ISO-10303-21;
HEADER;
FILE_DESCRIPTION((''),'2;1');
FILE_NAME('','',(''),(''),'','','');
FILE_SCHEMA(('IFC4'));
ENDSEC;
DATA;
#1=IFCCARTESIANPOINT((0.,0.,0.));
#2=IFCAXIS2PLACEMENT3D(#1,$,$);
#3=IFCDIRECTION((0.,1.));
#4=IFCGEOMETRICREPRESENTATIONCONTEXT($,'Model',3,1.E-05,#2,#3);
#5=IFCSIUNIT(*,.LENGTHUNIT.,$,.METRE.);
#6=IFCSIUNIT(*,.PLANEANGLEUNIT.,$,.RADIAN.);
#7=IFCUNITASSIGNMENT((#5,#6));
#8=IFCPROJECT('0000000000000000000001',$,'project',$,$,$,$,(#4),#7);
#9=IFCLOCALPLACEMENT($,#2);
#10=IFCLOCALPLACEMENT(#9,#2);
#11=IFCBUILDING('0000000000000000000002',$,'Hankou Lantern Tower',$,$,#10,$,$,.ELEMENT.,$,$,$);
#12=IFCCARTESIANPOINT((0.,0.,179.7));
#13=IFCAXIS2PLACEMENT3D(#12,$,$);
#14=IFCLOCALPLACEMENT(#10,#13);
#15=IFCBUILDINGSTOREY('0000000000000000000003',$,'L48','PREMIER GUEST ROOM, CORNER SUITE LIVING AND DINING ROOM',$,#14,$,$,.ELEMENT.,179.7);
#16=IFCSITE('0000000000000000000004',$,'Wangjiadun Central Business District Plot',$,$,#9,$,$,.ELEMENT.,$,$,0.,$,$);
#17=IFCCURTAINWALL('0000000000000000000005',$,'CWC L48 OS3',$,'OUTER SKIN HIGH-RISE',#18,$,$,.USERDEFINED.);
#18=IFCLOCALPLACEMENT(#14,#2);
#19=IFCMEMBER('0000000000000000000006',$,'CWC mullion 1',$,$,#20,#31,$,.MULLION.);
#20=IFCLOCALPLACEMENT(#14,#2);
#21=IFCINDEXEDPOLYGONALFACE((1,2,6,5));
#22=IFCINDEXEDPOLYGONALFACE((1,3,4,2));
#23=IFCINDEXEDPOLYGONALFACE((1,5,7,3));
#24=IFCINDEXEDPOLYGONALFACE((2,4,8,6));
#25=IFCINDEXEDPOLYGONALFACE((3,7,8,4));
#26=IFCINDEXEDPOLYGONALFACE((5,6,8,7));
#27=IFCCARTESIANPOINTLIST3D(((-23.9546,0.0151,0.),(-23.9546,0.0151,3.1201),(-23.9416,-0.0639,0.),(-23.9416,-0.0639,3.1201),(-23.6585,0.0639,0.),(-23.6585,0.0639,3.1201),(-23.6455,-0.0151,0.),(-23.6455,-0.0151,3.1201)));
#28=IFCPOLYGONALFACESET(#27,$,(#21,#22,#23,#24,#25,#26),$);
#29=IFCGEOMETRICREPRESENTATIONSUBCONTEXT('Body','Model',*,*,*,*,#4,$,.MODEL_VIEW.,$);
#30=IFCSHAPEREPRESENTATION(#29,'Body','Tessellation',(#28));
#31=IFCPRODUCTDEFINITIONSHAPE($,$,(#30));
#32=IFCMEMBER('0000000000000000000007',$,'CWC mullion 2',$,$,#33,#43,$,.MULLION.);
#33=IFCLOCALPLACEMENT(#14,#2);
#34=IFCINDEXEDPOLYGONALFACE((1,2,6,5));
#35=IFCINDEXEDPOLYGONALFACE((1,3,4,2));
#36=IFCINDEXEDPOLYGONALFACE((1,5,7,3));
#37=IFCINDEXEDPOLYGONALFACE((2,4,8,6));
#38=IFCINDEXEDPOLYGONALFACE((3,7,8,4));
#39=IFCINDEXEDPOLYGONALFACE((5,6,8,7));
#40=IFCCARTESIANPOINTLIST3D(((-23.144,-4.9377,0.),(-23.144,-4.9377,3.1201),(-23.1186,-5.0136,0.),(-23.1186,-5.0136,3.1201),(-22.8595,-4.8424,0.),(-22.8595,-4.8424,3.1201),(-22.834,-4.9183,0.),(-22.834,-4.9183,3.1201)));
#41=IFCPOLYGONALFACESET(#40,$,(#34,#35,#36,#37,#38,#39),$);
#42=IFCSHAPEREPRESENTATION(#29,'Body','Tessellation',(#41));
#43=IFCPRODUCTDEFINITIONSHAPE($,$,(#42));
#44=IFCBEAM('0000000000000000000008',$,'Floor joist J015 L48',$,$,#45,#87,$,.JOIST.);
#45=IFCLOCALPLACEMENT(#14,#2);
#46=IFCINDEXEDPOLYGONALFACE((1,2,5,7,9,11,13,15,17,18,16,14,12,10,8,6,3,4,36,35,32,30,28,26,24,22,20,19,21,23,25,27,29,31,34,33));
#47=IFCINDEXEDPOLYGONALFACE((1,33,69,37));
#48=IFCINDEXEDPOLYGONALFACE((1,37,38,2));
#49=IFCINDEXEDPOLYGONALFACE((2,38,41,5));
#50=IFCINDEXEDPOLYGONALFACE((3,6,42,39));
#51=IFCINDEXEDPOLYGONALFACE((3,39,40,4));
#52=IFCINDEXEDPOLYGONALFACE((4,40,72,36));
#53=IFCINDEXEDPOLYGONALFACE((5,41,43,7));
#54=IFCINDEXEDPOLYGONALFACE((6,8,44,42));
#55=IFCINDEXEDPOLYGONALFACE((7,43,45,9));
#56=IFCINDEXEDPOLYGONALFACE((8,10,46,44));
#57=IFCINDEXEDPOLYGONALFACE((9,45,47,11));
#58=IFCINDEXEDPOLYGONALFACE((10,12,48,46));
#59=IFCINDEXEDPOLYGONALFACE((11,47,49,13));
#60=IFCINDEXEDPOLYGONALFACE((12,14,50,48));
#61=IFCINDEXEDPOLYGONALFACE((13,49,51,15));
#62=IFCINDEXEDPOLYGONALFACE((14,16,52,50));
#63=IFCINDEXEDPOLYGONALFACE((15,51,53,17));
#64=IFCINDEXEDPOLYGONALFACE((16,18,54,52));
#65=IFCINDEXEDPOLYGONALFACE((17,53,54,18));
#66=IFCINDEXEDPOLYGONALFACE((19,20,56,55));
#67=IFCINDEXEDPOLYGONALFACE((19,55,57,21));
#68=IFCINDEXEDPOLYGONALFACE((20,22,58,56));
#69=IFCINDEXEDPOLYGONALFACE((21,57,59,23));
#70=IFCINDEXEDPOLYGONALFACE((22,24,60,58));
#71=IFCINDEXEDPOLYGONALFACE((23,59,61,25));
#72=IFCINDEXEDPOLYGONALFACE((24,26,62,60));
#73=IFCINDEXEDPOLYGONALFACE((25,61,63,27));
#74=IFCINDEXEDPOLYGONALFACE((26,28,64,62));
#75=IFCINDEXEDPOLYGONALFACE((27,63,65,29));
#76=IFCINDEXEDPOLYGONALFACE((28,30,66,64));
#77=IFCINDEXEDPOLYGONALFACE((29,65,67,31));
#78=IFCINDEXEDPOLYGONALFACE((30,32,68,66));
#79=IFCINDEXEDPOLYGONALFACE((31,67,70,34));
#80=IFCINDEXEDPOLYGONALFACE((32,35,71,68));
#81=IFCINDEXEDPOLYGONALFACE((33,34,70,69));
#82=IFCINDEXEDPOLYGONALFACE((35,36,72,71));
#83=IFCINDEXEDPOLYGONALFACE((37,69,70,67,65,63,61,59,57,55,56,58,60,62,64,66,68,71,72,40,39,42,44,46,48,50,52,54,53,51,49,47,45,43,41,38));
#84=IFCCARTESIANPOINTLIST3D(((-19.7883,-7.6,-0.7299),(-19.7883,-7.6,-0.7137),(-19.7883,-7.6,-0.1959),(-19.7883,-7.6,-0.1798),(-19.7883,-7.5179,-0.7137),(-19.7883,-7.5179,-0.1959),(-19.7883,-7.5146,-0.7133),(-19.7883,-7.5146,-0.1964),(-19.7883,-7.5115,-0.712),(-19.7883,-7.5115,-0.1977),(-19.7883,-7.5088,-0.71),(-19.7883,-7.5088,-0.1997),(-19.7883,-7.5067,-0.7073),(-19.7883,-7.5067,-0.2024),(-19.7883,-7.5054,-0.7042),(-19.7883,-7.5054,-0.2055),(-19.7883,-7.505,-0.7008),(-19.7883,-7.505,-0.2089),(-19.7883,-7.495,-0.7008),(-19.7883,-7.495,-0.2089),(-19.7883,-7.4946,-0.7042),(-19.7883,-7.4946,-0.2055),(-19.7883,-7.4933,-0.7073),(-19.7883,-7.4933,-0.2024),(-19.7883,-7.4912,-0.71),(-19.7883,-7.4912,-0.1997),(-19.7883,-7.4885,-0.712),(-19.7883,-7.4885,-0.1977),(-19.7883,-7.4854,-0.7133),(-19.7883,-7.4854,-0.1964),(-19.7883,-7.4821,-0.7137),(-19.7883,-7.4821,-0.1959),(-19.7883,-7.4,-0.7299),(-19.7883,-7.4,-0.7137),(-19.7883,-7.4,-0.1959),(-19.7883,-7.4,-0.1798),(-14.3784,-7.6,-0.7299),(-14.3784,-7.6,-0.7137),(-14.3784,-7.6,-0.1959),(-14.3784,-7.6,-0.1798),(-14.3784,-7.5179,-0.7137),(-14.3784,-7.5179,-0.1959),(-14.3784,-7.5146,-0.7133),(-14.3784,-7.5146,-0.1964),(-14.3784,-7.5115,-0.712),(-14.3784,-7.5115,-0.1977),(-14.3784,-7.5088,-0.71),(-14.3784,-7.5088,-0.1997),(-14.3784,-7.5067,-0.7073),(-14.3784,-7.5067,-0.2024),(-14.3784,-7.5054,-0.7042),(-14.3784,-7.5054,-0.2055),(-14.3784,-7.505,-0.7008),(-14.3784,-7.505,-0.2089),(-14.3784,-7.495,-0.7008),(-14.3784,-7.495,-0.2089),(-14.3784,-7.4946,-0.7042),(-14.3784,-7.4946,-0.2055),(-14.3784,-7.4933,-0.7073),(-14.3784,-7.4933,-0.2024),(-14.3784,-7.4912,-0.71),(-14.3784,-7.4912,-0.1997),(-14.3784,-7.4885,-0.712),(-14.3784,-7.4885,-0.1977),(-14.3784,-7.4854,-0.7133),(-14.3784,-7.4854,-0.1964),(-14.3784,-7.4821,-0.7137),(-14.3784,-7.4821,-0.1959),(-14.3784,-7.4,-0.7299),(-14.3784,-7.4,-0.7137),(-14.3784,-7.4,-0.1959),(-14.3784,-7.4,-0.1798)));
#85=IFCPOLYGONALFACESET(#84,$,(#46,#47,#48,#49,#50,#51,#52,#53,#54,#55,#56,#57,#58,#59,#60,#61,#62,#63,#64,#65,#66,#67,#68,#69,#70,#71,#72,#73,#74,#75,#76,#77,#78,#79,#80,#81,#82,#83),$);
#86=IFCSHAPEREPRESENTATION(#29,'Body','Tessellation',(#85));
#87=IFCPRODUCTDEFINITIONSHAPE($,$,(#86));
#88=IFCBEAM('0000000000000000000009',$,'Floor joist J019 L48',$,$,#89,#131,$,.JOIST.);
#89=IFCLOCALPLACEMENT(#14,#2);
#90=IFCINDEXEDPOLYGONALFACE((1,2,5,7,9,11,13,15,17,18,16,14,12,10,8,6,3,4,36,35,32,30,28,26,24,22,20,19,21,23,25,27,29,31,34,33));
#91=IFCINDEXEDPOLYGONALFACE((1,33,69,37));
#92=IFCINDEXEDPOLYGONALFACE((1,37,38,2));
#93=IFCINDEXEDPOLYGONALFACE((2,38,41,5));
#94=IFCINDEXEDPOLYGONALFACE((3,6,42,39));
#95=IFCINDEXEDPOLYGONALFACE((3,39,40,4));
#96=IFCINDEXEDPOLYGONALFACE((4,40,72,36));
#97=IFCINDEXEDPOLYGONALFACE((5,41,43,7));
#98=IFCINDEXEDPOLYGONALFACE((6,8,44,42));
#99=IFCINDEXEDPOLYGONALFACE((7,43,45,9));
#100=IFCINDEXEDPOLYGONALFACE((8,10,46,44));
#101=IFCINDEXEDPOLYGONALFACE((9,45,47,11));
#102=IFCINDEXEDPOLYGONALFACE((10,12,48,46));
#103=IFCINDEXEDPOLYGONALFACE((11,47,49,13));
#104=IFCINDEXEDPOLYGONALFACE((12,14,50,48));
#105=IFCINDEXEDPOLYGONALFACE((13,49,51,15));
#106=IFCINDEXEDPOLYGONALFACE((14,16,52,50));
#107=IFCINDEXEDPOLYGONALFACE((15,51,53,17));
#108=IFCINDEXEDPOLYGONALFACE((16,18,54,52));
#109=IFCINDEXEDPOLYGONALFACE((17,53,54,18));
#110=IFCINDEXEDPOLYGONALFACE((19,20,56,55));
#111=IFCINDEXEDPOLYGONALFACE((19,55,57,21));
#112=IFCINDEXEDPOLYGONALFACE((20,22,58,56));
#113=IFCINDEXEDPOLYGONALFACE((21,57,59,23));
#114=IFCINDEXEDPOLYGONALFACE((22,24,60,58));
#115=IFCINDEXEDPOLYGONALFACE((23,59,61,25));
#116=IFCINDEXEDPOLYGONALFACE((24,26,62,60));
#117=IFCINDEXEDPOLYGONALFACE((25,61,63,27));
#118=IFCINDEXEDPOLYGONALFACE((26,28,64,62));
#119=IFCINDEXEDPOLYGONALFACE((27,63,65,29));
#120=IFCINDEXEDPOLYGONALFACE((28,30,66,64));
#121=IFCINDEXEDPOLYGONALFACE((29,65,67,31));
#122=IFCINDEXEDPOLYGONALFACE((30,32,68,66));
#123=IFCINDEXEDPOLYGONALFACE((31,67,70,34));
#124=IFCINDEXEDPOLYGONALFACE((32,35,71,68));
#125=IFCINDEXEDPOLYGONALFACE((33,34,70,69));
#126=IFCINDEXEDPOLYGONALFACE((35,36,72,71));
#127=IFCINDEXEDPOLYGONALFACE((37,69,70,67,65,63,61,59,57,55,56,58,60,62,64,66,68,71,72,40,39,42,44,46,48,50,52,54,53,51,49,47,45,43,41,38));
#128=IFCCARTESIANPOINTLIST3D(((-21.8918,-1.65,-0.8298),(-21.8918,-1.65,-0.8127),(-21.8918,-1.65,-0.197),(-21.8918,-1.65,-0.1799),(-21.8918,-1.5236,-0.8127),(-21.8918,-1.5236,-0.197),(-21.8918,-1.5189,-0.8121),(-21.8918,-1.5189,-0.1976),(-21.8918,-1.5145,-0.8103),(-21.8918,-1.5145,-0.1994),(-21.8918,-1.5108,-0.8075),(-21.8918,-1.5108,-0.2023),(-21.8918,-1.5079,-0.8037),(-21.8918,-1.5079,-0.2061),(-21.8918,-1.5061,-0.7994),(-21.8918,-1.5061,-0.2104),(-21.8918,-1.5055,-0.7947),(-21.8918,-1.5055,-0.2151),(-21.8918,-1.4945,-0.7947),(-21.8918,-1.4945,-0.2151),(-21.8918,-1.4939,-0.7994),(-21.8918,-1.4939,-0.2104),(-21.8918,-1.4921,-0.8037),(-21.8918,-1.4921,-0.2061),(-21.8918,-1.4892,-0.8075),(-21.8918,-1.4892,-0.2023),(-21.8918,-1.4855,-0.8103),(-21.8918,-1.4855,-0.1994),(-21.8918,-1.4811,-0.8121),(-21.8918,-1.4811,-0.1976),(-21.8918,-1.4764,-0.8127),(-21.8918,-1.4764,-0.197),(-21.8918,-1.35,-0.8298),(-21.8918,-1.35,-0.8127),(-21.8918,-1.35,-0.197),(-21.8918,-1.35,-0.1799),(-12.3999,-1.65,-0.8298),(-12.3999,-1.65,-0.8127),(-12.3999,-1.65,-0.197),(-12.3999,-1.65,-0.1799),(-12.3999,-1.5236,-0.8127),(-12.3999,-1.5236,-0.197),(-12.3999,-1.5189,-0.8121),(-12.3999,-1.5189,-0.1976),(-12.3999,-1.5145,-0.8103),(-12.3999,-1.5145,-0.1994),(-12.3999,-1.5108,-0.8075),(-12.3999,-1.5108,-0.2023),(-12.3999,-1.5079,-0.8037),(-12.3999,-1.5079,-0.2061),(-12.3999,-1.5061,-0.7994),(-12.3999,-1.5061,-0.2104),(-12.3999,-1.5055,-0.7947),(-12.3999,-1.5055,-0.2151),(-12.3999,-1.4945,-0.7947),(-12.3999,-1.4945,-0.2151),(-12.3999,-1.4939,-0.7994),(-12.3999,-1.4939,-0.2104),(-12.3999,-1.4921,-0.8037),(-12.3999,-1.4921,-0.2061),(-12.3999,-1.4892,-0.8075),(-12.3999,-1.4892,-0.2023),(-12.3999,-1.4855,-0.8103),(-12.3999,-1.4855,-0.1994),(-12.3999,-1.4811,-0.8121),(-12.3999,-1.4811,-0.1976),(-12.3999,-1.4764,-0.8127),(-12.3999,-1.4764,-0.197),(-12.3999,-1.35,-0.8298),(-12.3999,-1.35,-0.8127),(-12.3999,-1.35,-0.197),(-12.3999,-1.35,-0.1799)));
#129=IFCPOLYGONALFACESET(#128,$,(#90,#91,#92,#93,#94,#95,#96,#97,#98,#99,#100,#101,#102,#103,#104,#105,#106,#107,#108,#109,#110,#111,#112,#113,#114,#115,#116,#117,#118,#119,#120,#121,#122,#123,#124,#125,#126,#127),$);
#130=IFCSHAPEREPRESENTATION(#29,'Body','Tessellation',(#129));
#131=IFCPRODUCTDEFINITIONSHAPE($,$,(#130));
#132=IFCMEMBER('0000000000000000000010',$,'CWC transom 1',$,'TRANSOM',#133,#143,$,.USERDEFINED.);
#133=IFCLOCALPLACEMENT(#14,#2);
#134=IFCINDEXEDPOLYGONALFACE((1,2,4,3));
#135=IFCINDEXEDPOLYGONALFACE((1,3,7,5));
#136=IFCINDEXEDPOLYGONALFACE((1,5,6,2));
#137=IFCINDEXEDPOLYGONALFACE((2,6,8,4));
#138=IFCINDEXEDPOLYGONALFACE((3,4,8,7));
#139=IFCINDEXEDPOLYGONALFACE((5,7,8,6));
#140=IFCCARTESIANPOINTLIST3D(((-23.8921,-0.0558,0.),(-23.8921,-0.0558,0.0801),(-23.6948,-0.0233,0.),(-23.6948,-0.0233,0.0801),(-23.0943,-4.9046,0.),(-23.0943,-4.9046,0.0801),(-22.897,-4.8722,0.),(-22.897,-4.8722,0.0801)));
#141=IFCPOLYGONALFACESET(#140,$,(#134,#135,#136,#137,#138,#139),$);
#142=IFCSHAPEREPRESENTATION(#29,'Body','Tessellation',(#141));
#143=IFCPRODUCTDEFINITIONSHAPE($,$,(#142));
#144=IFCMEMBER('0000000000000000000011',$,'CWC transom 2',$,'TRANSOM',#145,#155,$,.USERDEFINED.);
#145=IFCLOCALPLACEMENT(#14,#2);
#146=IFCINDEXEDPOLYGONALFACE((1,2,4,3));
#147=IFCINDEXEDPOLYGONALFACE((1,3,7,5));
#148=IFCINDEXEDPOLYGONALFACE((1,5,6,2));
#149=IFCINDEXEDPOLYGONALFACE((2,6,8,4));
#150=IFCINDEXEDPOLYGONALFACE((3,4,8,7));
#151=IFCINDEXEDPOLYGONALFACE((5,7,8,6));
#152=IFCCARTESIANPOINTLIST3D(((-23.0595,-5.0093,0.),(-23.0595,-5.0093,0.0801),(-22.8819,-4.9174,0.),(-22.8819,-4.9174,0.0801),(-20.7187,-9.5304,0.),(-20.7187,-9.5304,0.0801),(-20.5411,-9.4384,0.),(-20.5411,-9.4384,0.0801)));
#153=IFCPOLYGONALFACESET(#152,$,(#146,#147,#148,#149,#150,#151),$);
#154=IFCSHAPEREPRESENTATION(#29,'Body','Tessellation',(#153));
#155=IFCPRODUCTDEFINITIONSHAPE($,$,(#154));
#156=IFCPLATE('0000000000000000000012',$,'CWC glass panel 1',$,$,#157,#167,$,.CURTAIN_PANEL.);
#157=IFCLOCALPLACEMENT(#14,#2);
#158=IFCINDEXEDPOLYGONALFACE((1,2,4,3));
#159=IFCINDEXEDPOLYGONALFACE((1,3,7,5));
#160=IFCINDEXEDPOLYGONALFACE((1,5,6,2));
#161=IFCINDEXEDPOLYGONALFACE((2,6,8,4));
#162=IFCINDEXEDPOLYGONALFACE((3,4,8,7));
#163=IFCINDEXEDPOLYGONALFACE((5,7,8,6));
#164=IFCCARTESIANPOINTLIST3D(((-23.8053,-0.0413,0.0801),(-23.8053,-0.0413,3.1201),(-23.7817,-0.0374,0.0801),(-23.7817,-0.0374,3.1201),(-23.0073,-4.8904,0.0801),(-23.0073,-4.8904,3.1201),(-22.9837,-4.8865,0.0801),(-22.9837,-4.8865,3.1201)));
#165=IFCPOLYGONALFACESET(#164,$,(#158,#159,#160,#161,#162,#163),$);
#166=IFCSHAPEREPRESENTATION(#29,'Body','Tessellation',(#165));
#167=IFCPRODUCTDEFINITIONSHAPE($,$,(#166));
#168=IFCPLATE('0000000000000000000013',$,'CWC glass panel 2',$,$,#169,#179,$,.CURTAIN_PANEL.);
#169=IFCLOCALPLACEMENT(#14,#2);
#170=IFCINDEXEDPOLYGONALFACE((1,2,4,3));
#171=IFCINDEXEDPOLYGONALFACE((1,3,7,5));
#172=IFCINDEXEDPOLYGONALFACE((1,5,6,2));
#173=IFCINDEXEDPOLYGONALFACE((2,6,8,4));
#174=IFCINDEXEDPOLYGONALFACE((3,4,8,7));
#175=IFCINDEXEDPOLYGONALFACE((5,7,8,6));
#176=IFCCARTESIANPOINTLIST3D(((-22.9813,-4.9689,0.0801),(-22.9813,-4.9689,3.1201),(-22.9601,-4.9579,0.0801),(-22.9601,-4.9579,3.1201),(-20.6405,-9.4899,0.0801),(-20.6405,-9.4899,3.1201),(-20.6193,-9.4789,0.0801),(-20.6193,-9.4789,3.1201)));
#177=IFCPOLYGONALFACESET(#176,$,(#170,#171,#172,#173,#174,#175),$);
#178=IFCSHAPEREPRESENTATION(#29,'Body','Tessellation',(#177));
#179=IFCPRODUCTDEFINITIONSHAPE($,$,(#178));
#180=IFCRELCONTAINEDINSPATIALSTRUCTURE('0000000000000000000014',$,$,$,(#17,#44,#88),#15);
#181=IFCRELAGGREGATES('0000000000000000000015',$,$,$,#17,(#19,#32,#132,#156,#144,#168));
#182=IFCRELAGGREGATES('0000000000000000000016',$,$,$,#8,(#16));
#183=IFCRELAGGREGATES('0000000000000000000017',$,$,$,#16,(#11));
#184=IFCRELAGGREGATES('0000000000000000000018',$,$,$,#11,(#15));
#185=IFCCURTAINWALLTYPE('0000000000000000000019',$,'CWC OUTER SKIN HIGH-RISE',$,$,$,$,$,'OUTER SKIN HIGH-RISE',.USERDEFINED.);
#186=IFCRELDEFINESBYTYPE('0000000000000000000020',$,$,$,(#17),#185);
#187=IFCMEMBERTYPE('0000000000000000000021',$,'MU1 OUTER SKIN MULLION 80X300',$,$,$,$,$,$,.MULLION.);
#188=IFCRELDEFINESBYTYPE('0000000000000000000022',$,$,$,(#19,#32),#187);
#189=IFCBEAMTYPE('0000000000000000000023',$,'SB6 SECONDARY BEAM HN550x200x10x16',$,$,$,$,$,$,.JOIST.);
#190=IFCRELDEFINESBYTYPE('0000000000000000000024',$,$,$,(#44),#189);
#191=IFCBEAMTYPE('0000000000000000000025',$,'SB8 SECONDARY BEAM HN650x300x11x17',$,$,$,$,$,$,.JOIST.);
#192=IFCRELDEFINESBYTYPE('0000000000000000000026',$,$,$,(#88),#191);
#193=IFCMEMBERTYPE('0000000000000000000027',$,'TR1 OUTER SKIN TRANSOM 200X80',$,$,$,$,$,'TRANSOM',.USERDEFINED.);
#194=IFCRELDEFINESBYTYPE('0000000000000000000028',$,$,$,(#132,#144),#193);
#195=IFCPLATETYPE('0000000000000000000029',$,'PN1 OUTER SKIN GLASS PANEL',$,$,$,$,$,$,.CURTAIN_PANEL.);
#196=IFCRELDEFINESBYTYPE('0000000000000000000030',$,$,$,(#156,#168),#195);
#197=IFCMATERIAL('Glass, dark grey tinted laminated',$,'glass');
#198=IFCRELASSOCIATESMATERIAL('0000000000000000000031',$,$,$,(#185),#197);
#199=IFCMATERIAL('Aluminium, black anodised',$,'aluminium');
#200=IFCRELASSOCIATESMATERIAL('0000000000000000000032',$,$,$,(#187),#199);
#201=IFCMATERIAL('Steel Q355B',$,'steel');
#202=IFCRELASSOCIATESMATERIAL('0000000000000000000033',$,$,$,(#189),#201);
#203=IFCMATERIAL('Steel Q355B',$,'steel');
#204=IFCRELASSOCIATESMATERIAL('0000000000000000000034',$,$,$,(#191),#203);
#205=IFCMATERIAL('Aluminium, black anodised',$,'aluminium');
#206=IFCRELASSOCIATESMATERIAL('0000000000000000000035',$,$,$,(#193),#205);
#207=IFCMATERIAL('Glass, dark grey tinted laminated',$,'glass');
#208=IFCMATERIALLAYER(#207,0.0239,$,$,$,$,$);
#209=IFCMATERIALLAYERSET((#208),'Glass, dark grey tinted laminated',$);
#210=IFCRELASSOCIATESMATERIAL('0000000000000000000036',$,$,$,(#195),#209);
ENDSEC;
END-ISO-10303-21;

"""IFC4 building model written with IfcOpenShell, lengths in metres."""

from ifc_helpers import new_model, si_unit, direction, frame, origin, origin_2d, place, context, subcontext, project, spatial, rectangle, i_section, extrude, material, layer, layer_set, material_profile, profile_set, type_object, element, aggregate, save


model = new_model("IFC4")

# Units and contexts
model_context = context("Model", 3, precision=1e-05, world=origin(), true_north=direction((0.0, 1.0)))
body_context = subcontext(model_context, "Body", "Model", "MODEL_VIEW")
ifc_project = project(units=[si_unit("LENGTHUNIT", "METRE"), si_unit("PLANEANGLEUNIT", "RADIAN")], contexts=[model_context])

# Site, building, storey
site_placement = place(None, origin())
site = spatial("IfcSite", under=ifc_project, at=site_placement, Name="Wangjiadun Central Business District Plot", CompositionType="ELEMENT", RefElevation=0.0)
building_placement = place(site_placement, origin())
building = spatial("IfcBuilding", under=site, at=building_placement, Name="Hankou Lantern Tower", CompositionType="ELEMENT")
storey_placement = place(building_placement, frame((0.0, 0.0, 179.7)))
storey = spatial("IfcBuildingStorey", under=building, at=storey_placement, Name="L48", Description="PREMIER GUEST ROOM, CORNER SUITE LIVING AND DINING ROOM", CompositionType="ELEMENT", Elevation=179.7)

# Curtain wall, members
ifc_material_1 = material(Name="Glass, dark grey tinted laminated", Category="glass")
curtain_wall_type = type_object("IfcCurtainWallType", Name="CWC OUTER SKIN HIGH-RISE", ElementType="OUTER SKIN HIGH-RISE", PredefinedType="USERDEFINED", material=ifc_material_1)
curtain_wall_placement = place(storey_placement, origin())
curtain_wall = element("IfcCurtainWall", 1, at=curtain_wall_placement, inside=storey, type_object=curtain_wall_type, Name="CWC L48 OS3", ObjectType="OUTER SKIN HIGH-RISE", PredefinedType="USERDEFINED")
ifc_material_2 = material(Name="Aluminium, black anodised", Category="aluminium")
ifc_material_profile_1 = material_profile(ifc_material_2, rectangle(XDim=0.0801, YDim=0.3, at=origin_2d()), Name="MU1 80X300")
ifc_profile_set_1 = profile_set([ifc_material_profile_1], Name="Aluminium, black anodised")
member_type_1 = type_object("IfcMemberType", Name="MU1 OUTER SKIN MULLION 80X300", PredefinedType="MULLION", material=ifc_profile_set_1)
member_1_placement = place(storey_placement, frame((-23.8, 0.0, 0.0), z_axis=(0.0, 0.0, 1.0), x_axis=(0.162382, -0.986728, 0.0)))
member_1 = element("IfcMember", 2, at=member_1_placement, type_object=member_type_1, Name="CWC mullion 1", PredefinedType="MULLION", context=body_context, shape_type="SweptSolid", body=[
    extrude(rectangle(XDim=0.0801, YDim=0.3, at=origin_2d()), origin(), (0.0, 0.0, 1.0), 3.1201),
])
member_2_placement = place(storey_placement, frame((-22.989, -4.928, 0.0), z_axis=(0.0, 0.0, 1.0), x_axis=(0.317596, -0.948226, 0.0)))
member_2 = element("IfcMember", 3, at=member_2_placement, type_object=member_type_1, Name="CWC mullion 2", PredefinedType="MULLION", context=body_context, shape_type="SweptSolid", body=[
    extrude(rectangle(XDim=0.0801, YDim=0.3, at=origin_2d()), origin(), (0.0, 0.0, 1.0), 3.1201),
])

# Beams
ifc_material_3 = material(Name="Steel Q355B", Category="steel")
ifc_material_profile_2 = material_profile(ifc_material_3, i_section(OverallWidth=0.2, OverallDepth=0.55, WebThickness=0.01, FlangeThickness=0.0161, FilletRadius=0.0129, at=origin_2d()), Name="HN550x200x10x16")
ifc_profile_set_2 = profile_set([ifc_material_profile_2], Name="Steel Q355B")
beam_type_1 = type_object("IfcBeamType", Name="SB6 SECONDARY BEAM HN550x200x10x16", PredefinedType="JOIST", material=ifc_profile_set_2)
beam_1_placement = place(storey_placement, frame((-19.7883, -7.5, -0.4548), z_axis=(1.0, 0.0, 0.0), x_axis=(0.0, 1.0, 0.0)))
element("IfcBeam", 4, at=beam_1_placement, inside=storey, type_object=beam_type_1, Name="Floor joist J015 L48", PredefinedType="JOIST", context=body_context, shape_type="SweptSolid", body=[
    extrude(i_section(OverallWidth=0.2, OverallDepth=0.55, WebThickness=0.01, FlangeThickness=0.0161, FilletRadius=0.0129, at=origin_2d()), origin(), (0.0, 0.0, 1.0), 5.4099),
])
ifc_material_4 = material(Name="Steel Q355B", Category="steel")
ifc_material_profile_3 = material_profile(ifc_material_4, i_section(OverallWidth=0.3, OverallDepth=0.6499, WebThickness=0.011, FlangeThickness=0.0171, FilletRadius=0.0181, at=origin_2d()), Name="HN650x300x11x17")
ifc_profile_set_3 = profile_set([ifc_material_profile_3], Name="Steel Q355B")
beam_type_2 = type_object("IfcBeamType", Name="SB8 SECONDARY BEAM HN650x300x11x17", PredefinedType="JOIST", material=ifc_profile_set_3)
beam_2_placement = place(storey_placement, frame((-21.8918, -1.5, -0.5049), z_axis=(1.0, 0.0, 0.0), x_axis=(0.0, 1.0, 0.0)))
element("IfcBeam", 5, at=beam_2_placement, inside=storey, type_object=beam_type_2, Name="Floor joist J019 L48", PredefinedType="JOIST", context=body_context, shape_type="SweptSolid", body=[
    extrude(i_section(OverallWidth=0.3, OverallDepth=0.6499, WebThickness=0.011, FlangeThickness=0.0171, FilletRadius=0.0181, at=origin_2d()), origin(), (0.0, 0.0, 1.0), 9.4919),
])

# Members
ifc_material_5 = material(Name="Aluminium, black anodised", Category="aluminium")
ifc_material_profile_4 = material_profile(ifc_material_5, rectangle(XDim=0.2, YDim=0.0801, at=origin_2d()), Name="TR1 200X80")
ifc_profile_set_4 = profile_set([ifc_material_profile_4], Name="Aluminium, black anodised")
member_type_2 = type_object("IfcMemberType", Name="TR1 OUTER SKIN TRANSOM 200X80", ElementType="TRANSOM", PredefinedType="USERDEFINED", material=ifc_profile_set_4)
member_3_placement = place(storey_placement, frame((-23.7935, -0.0396, 0.04), z_axis=(0.16236, -0.986732, 0.0), x_axis=(0.986732, 0.16236, 0.0)))
member_3 = element("IfcMember", 6, at=member_3_placement, type_object=member_type_2, Name="CWC transom 1", ObjectType="TRANSOM", PredefinedType="USERDEFINED", context=body_context, shape_type="SweptSolid", body=[
    extrude(rectangle(XDim=0.2, YDim=0.0801, at=origin_2d()), origin(), (0.0, 0.0, 1.0), 4.9141),
])
member_4_placement = place(storey_placement, frame((-22.9707, -4.9634, 0.04), z_axis=(0.459791, -0.888027, 0.0), x_axis=(0.888027, 0.459791, 0.0)))
member_4 = element("IfcMember", 7, at=member_4_placement, type_object=member_type_2, Name="CWC transom 2", ObjectType="TRANSOM", PredefinedType="USERDEFINED", context=body_context, shape_type="SweptSolid", body=[
    extrude(rectangle(XDim=0.2, YDim=0.0801, at=origin_2d()), origin(), (0.0, 0.0, 1.0), 5.0911),
])

# Plates
ifc_material_6 = material(Name="Glass, dark grey tinted laminated", Category="glass")
ifc_layer_1 = layer(ifc_material_6, 0.0239)
ifc_layer_set_1 = layer_set([ifc_layer_1], Name="Glass, dark grey tinted laminated")
plate_type = type_object("IfcPlateType", Name="PN1 OUTER SKIN GLASS PANEL", PredefinedType="CURTAIN_PANEL", material=ifc_layer_set_1)
plate_1_placement = place(storey_placement, frame((-23.3945, -2.4639, 0.0801), z_axis=(0.0, 0.0, 1.0), x_axis=(0.162382, -0.986728, 0.0)))
plate_1 = element("IfcPlate", 8, at=plate_1_placement, type_object=plate_type, Name="CWC glass panel 1", PredefinedType="CURTAIN_PANEL", context=body_context, shape_type="SweptSolid", body=[
    extrude(rectangle(XDim=4.9143, YDim=0.0239, at=origin_2d()), origin(), (0.0, 0.0, 1.0), 3.04),
])
plate_2_placement = place(storey_placement, frame((-21.8003, -7.2239, 0.0801), z_axis=(0.0, 0.0, 1.0), x_axis=(0.459791, -0.888027, 0.0)))
plate_2 = element("IfcPlate", 9, at=plate_2_placement, type_object=plate_type, Name="CWC glass panel 2", PredefinedType="CURTAIN_PANEL", context=body_context, shape_type="SweptSolid", body=[
    extrude(rectangle(XDim=5.0911, YDim=0.0239, at=origin_2d()), origin(), (0.0, 0.0, 1.0), 3.04),
])
aggregate(curtain_wall, [member_1, member_2, member_3, plate_1, member_4, plate_2])

save(model, "model.ifc")
